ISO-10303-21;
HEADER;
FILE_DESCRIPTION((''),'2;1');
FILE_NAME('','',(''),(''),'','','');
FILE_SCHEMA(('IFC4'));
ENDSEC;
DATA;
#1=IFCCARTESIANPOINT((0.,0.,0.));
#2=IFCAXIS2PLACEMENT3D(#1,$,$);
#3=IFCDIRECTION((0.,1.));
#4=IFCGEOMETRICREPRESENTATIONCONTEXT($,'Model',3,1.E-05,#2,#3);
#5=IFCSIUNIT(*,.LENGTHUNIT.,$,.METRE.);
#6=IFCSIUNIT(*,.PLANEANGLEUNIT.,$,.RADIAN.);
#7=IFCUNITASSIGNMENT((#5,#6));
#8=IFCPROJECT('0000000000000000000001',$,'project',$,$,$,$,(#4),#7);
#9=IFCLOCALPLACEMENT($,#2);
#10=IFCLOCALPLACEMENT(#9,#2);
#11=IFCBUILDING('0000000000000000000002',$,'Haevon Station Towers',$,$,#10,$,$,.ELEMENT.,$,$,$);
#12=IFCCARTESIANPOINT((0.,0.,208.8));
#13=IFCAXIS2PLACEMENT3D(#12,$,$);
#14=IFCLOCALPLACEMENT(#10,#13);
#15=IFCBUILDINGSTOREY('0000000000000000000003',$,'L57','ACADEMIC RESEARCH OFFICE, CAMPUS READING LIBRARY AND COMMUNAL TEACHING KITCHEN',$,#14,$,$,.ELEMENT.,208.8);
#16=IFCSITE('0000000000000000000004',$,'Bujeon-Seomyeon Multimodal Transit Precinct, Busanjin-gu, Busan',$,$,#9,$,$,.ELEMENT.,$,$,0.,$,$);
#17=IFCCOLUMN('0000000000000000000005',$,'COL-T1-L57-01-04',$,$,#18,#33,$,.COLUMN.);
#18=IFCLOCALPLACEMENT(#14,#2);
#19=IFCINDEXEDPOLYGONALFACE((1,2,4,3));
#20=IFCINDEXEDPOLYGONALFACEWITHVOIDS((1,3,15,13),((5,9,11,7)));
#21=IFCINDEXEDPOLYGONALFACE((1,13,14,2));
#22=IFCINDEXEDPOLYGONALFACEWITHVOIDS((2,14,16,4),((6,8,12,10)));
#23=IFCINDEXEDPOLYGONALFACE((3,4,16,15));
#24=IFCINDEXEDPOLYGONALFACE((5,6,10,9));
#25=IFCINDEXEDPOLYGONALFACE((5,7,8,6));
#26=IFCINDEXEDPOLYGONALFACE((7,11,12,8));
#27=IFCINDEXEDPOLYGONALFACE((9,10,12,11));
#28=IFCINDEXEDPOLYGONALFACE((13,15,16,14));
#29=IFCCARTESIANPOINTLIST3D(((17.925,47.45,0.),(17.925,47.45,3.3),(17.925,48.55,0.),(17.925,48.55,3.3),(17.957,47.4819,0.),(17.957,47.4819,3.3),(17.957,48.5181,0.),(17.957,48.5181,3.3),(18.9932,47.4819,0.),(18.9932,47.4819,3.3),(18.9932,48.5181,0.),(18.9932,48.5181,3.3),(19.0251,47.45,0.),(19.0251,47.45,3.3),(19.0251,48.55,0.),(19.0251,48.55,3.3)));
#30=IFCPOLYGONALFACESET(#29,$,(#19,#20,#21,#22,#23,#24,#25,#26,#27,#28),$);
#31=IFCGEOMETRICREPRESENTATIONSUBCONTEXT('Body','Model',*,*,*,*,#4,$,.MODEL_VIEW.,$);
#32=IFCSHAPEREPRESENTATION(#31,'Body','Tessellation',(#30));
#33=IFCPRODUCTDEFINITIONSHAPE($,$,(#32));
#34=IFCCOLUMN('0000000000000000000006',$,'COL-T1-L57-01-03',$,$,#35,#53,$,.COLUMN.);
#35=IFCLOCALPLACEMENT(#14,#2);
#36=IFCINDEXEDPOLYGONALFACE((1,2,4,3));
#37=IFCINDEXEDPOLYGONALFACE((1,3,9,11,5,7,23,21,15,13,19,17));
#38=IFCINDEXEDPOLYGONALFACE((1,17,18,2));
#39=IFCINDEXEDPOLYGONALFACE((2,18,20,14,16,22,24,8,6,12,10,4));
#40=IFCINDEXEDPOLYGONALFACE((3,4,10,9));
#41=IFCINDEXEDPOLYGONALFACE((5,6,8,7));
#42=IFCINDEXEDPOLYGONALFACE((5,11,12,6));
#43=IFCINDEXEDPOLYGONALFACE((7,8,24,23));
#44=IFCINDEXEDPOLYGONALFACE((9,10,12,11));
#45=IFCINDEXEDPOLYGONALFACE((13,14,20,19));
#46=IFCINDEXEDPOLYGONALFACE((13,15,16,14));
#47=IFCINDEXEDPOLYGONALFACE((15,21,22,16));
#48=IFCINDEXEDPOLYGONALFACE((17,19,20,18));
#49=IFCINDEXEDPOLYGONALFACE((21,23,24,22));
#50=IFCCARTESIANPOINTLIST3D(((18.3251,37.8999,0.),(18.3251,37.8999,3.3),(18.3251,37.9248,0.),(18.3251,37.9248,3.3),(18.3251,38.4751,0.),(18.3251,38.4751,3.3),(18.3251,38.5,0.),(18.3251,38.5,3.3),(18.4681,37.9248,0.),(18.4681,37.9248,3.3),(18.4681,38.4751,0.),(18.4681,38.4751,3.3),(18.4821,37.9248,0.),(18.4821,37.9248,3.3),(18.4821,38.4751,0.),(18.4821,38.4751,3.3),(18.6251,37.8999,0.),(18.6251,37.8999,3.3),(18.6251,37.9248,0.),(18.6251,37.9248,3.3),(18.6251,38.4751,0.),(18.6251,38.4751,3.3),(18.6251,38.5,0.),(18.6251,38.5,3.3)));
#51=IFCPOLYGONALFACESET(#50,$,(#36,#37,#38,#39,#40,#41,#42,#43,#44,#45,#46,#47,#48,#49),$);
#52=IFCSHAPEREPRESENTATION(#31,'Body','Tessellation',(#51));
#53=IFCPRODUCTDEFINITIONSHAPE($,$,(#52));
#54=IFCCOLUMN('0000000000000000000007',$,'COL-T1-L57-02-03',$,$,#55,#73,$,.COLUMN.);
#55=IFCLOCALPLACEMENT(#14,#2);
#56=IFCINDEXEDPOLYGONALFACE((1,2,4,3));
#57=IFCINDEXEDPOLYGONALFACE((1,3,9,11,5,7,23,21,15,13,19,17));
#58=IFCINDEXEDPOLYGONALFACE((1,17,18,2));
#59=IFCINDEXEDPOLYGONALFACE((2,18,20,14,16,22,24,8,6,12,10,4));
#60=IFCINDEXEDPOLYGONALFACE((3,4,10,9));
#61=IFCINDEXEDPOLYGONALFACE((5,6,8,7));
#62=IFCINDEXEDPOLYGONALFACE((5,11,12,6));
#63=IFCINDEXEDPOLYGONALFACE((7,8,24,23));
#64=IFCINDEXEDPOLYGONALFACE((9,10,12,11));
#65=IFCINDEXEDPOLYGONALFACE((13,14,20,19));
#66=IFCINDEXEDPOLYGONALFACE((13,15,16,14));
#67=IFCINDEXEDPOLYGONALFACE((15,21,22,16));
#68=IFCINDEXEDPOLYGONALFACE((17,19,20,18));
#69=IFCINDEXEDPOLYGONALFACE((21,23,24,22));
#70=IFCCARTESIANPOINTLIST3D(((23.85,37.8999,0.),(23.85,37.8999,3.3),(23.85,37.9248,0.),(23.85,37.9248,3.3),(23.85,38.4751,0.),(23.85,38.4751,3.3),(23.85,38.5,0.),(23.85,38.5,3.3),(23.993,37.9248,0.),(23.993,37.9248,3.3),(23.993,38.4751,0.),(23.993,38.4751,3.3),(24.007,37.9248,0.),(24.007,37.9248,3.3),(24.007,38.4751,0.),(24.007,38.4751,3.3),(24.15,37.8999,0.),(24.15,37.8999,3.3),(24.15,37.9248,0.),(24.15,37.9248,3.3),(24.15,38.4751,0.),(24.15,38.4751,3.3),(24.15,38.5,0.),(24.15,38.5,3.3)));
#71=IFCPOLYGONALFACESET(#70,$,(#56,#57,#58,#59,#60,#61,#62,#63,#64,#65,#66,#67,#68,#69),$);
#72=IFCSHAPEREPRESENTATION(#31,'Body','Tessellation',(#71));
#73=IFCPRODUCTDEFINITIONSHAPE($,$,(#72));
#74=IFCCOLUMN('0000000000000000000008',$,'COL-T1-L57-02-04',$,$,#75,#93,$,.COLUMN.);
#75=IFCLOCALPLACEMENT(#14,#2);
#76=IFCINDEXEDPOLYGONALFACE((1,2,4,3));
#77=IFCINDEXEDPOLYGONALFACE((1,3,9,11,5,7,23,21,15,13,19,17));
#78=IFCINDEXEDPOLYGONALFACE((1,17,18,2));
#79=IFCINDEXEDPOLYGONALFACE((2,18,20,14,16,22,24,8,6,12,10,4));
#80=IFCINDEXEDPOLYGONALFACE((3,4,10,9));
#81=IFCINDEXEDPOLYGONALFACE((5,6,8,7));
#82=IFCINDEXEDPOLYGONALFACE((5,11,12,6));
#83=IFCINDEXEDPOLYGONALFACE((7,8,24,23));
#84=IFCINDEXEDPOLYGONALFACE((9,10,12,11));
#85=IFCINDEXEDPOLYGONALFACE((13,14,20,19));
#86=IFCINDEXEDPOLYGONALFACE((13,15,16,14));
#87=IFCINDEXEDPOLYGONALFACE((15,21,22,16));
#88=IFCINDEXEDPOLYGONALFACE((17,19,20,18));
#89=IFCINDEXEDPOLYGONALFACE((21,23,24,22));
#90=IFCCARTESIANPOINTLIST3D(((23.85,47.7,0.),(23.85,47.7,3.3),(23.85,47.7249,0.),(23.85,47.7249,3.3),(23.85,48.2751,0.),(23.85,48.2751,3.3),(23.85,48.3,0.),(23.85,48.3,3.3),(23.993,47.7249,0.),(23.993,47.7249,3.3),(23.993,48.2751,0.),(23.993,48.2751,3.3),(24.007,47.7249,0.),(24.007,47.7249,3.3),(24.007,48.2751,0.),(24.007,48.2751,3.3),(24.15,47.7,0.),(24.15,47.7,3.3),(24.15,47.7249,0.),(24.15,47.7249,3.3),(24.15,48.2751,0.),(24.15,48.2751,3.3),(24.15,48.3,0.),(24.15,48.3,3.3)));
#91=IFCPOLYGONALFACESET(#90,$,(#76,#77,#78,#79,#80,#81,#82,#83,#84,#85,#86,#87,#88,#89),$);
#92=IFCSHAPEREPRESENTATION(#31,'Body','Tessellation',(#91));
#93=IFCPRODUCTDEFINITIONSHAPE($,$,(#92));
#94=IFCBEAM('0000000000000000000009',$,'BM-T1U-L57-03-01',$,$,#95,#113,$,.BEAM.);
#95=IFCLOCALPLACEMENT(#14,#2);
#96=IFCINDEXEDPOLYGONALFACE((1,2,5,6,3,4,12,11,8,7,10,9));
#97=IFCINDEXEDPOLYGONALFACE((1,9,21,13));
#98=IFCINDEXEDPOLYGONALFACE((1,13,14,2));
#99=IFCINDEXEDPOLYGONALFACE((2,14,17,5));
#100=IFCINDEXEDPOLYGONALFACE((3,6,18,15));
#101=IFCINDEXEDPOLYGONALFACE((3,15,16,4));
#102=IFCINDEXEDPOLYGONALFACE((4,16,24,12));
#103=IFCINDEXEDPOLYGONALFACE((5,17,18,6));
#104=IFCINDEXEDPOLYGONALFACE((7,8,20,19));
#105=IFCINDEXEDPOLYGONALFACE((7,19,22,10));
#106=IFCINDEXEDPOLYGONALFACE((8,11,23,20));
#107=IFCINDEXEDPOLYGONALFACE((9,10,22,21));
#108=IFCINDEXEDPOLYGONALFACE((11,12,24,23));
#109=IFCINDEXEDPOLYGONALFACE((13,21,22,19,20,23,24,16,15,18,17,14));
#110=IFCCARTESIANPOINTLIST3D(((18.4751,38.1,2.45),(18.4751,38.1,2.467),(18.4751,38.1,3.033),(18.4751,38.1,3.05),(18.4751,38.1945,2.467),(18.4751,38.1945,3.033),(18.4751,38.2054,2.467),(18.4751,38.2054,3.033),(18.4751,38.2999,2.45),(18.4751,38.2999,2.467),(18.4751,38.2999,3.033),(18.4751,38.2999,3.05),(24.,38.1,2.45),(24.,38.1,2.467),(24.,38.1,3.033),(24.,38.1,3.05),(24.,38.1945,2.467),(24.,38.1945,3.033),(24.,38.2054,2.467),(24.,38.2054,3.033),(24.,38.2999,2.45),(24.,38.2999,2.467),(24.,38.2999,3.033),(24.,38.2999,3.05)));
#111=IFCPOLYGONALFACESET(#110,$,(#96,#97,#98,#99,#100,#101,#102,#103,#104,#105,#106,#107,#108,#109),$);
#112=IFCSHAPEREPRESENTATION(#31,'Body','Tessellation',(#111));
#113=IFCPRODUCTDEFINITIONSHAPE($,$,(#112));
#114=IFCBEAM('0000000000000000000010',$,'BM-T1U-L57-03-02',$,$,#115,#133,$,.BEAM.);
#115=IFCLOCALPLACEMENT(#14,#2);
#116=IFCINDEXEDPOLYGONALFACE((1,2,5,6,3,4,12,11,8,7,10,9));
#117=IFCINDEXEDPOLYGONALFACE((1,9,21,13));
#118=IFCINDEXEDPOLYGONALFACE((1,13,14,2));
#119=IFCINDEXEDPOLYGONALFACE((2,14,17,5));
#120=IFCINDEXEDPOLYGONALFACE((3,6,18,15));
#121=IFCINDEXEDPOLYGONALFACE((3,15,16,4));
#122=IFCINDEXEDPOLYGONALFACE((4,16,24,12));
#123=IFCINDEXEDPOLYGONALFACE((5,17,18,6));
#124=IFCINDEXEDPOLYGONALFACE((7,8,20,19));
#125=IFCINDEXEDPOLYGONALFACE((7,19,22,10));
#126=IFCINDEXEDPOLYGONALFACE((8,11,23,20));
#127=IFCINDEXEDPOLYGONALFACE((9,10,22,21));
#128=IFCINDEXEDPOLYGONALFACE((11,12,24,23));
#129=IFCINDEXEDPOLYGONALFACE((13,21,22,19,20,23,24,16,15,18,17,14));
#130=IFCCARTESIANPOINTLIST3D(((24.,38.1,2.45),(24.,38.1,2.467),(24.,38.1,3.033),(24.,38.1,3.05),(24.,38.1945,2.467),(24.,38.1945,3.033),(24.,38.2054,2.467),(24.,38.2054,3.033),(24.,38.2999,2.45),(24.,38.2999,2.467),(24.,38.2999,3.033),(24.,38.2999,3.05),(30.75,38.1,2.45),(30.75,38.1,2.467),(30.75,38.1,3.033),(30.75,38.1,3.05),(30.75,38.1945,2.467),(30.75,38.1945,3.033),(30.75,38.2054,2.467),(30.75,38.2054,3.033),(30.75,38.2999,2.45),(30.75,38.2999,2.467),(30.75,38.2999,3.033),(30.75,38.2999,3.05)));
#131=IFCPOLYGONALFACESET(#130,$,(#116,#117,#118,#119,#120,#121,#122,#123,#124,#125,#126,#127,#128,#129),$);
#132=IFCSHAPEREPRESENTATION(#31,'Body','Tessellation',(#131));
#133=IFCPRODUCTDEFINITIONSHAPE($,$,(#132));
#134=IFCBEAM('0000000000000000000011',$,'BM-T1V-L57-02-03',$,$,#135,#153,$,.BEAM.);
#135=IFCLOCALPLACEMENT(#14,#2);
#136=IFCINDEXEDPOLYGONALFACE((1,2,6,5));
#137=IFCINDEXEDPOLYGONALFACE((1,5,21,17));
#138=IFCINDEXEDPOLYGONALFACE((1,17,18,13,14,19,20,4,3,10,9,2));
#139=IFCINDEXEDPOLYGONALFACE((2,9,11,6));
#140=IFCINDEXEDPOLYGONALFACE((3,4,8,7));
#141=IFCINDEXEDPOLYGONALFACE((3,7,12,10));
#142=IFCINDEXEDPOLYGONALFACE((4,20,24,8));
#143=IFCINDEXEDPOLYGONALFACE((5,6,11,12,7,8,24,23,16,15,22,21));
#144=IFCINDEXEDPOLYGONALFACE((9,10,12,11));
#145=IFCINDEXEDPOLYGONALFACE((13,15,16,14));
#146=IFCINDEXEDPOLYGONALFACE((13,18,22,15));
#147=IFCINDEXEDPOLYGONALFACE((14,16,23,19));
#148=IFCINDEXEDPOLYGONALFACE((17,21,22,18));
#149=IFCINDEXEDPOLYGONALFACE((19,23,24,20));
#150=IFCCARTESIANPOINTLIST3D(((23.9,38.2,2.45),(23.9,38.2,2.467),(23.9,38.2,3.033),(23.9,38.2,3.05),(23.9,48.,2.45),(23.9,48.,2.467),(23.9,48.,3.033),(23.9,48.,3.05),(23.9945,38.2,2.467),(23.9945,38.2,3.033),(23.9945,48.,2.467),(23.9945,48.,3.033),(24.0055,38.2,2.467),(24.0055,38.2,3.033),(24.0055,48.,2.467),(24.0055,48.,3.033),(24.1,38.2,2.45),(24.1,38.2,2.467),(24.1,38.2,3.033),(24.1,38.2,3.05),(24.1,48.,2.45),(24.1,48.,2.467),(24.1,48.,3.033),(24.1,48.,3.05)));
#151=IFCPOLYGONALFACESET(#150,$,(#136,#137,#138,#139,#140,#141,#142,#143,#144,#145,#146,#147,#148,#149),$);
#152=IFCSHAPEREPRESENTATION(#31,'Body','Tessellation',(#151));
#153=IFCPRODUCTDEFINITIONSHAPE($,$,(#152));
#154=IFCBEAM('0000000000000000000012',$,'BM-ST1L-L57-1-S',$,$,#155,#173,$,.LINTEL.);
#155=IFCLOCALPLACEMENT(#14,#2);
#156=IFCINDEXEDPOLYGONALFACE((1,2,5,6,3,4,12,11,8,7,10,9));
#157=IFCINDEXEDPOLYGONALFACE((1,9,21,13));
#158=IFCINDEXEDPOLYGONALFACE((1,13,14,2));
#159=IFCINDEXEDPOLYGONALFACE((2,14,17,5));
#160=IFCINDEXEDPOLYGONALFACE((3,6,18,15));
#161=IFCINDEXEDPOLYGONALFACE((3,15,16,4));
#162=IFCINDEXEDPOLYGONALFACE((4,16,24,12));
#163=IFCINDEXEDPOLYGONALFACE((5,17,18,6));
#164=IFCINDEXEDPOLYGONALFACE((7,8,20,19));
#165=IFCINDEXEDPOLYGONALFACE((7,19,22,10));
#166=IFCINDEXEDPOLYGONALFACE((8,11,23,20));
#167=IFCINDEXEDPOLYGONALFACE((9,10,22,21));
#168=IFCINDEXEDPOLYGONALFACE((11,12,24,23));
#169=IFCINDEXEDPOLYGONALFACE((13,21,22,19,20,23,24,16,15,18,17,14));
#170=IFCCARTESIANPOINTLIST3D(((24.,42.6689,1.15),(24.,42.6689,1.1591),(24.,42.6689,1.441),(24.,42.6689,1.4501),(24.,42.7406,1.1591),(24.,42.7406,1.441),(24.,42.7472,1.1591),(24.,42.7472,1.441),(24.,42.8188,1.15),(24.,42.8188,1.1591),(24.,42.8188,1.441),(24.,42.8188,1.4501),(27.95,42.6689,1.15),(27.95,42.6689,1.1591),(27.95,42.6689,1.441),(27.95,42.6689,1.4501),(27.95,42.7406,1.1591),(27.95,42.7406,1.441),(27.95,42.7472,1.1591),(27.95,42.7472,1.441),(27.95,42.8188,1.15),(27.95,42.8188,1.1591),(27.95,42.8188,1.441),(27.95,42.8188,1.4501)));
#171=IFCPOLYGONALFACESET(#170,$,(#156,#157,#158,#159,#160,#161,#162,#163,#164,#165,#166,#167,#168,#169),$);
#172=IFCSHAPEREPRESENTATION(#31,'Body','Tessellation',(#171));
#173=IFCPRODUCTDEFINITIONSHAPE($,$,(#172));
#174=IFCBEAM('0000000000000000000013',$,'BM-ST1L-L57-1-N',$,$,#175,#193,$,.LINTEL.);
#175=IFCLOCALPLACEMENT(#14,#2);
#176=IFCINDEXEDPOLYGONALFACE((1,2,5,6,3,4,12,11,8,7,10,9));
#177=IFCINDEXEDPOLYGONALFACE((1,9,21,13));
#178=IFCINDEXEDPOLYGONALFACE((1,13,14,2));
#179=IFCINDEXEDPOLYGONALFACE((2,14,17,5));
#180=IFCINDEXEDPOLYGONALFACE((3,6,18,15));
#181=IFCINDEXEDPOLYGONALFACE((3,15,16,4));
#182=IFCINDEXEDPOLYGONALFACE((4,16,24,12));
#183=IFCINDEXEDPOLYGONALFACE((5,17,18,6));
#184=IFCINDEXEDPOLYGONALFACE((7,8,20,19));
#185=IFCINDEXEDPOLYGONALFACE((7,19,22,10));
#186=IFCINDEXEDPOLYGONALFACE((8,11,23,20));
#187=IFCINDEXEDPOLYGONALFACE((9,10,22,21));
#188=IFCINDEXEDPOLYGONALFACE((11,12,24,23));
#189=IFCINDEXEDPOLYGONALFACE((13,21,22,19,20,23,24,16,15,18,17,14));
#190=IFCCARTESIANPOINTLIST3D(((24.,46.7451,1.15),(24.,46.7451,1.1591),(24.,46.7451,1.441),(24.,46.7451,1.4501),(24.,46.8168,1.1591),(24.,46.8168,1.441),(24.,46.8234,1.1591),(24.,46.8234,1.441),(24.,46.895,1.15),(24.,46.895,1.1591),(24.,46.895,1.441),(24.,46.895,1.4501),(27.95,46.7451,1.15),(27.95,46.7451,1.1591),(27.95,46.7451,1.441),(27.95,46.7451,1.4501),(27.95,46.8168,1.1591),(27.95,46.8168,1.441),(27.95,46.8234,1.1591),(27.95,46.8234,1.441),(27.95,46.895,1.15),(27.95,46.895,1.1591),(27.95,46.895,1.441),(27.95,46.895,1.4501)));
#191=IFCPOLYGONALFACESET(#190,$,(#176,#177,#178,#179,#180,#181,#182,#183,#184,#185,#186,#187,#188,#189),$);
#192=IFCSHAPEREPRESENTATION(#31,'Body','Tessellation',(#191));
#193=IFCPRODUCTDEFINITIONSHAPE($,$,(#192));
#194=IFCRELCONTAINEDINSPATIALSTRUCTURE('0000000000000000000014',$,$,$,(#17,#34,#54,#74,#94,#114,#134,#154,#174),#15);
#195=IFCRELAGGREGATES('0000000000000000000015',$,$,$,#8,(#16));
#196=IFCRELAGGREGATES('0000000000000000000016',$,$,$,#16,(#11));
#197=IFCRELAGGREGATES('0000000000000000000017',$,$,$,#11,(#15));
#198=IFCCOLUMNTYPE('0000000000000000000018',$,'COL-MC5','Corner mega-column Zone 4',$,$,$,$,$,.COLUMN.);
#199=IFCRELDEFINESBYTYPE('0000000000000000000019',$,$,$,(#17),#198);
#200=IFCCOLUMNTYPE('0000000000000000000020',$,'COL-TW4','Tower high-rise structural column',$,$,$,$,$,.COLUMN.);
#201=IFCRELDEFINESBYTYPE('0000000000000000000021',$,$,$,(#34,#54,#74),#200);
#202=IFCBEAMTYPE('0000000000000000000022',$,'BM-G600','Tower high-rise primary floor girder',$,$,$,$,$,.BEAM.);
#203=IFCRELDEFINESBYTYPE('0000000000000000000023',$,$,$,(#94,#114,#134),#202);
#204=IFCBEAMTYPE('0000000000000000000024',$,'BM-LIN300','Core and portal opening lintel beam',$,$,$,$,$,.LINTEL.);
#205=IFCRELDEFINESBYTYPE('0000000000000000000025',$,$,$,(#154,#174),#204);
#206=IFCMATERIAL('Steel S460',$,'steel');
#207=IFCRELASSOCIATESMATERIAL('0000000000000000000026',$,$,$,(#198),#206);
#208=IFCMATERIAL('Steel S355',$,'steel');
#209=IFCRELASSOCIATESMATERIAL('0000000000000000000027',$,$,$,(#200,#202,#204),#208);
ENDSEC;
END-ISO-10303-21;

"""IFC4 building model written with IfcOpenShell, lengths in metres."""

from ifc_helpers import new_model, si_unit, direction, frame, origin, origin_2d, place, context, subcontext, project, spatial, hollow_rectangle, i_section, extrude, material, material_profile, profile_set, type_object, element, save


model = new_model("IFC4")

# Units and contexts
model_context = context("Model", 3, precision=1e-05, world=origin(), true_north=direction((0.0, 1.0)))
body_context = subcontext(model_context, "Body", "Model", "MODEL_VIEW")
ifc_project = project(units=[si_unit("LENGTHUNIT", "METRE"), si_unit("PLANEANGLEUNIT", "RADIAN")], contexts=[model_context])

# Site, building, storey
site_placement = place(None, origin())
site = spatial("IfcSite", under=ifc_project, at=site_placement, Name="Bujeon-Seomyeon Multimodal Transit Precinct, Busanjin-gu, Busan", CompositionType="ELEMENT", RefElevation=0.0)
building_placement = place(site_placement, origin())
building = spatial("IfcBuilding", under=site, at=building_placement, Name="Haevon Station Towers", CompositionType="ELEMENT")
storey_placement = place(building_placement, frame((0.0, 0.0, 208.8)))
storey = spatial("IfcBuildingStorey", under=building, at=storey_placement, Name="L57", Description="ACADEMIC RESEARCH OFFICE, CAMPUS READING LIBRARY AND COMMUNAL TEACHING KITCHEN", CompositionType="ELEMENT", Elevation=208.8)

# Columns
ifc_material_1 = material(Name="Steel S460", Category="steel")
ifc_material_profile_1 = material_profile(ifc_material_1, hollow_rectangle(XDim=1.1001, YDim=1.1001, WallThickness=0.032, at=origin_2d()), Name="BOX-1100x1100x32")
ifc_profile_set_1 = profile_set([ifc_material_profile_1], Name="Steel S460")
column_type_1 = type_object("IfcColumnType", Name="COL-MC5", Description="Corner mega-column Zone 4", PredefinedType="COLUMN", material=ifc_profile_set_1)
column_placement = place(storey_placement, frame((18.4751, 48.0, 0.0), z_axis=(0.0, 0.0, 1.0), x_axis=(1.0, 0.0, 0.0)))
element("IfcColumn", 1, at=column_placement, inside=storey, type_object=column_type_1, Name="COL-T1-L57-01-04", PredefinedType="COLUMN", context=body_context, shape_type="SweptSolid", body=[
    extrude(hollow_rectangle(XDim=1.1001, YDim=1.1001, WallThickness=0.032, at=origin_2d()), origin(), (0.0, 0.0, 1.0), 3.3),
])
ifc_material_2 = material(Name="Steel S355", Category="steel")
ifc_material_profile_2 = material_profile(ifc_material_2, i_section(OverallWidth=0.3, OverallDepth=0.6001, WebThickness=0.0139, FlangeThickness=0.0249, at=origin_2d()), Name="H-600x300x14x25")
ifc_profile_set_2 = profile_set([ifc_material_profile_2], Name="Steel S355")
column_type_2 = type_object("IfcColumnType", Name="COL-TW4", Description="Tower high-rise structural column", PredefinedType="COLUMN", material=ifc_profile_set_2)
for number, where, z_axis, x_axis, name in (
    (2, (18.4751, 38.2, 0.0), (0.0, 0.0, 1.0), (1.0, 0.0, 0.0), "COL-T1-L57-01-03"),
    (3, (24.0, 38.2, 0.0), (0.0, 0.0, 1.0), (1.0, 0.0, 0.0), "COL-T1-L57-02-03"),
    (4, (24.0, 48.0, 0.0), (0.0, 0.0, 1.0), (1.0, 0.0, 0.0), "COL-T1-L57-02-04"),
):
    element("IfcColumn", number, at=place(storey_placement, frame(where, z_axis=z_axis, x_axis=x_axis)), inside=storey, type_object=column_type_2, Name=name, PredefinedType="COLUMN", context=body_context, shape_type="SweptSolid", body=[
        extrude(i_section(OverallWidth=0.3, OverallDepth=0.6001, WebThickness=0.0139, FlangeThickness=0.0249, at=origin_2d()), origin(), (0.0, 0.0, 1.0), 3.3),
    ])

# Beams
ifc_material_profile_3 = material_profile(ifc_material_2, i_section(OverallWidth=0.2, OverallDepth=0.6001, WebThickness=0.011, FlangeThickness=0.0171, at=origin_2d()), Name="H-600x200x11x17")
ifc_profile_set_3 = profile_set([ifc_material_profile_3], Name="Steel S355")
beam_type_1 = type_object("IfcBeamType", Name="BM-G600", Description="Tower high-rise primary floor girder", PredefinedType="BEAM", material=ifc_profile_set_3)
beam_1_placement = place(storey_placement, frame((18.4751, 38.2, 2.75), z_axis=(1.0, 0.0, 0.0), x_axis=(0.0, 1.0, 0.0)))
element("IfcBeam", 5, at=beam_1_placement, inside=storey, type_object=beam_type_1, Name="BM-T1U-L57-03-01", PredefinedType="BEAM", context=body_context, shape_type="SweptSolid", body=[
    extrude(i_section(OverallWidth=0.2, OverallDepth=0.6001, WebThickness=0.011, FlangeThickness=0.0171, at=origin_2d()), origin(), (0.0, 0.0, 1.0), 5.5249),
])
beam_2_placement = place(storey_placement, frame((24.0, 38.2, 2.75), z_axis=(1.0, 0.0, 0.0), x_axis=(0.0, 1.0, 0.0)))
element("IfcBeam", 6, at=beam_2_placement, inside=storey, type_object=beam_type_1, Name="BM-T1U-L57-03-02", PredefinedType="BEAM", context=body_context, shape_type="SweptSolid", body=[
    extrude(i_section(OverallWidth=0.2, OverallDepth=0.6001, WebThickness=0.011, FlangeThickness=0.0171, at=origin_2d()), origin(), (0.0, 0.0, 1.0), 6.75),
])
beam_3_placement = place(storey_placement, frame((24.0, 38.2, 2.75), z_axis=(0.0, 1.0, 0.0), x_axis=(-1.0, 0.0, 0.0)))
element("IfcBeam", 7, at=beam_3_placement, inside=storey, type_object=beam_type_1, Name="BM-T1V-L57-02-03", PredefinedType="BEAM", context=body_context, shape_type="SweptSolid", body=[
    extrude(i_section(OverallWidth=0.2, OverallDepth=0.6001, WebThickness=0.011, FlangeThickness=0.0171, at=origin_2d()), origin(), (0.0, 0.0, 1.0), 9.8),
])
ifc_material_profile_4 = material_profile(ifc_material_2, i_section(OverallWidth=0.1499, OverallDepth=0.3, WebThickness=0.0066, FlangeThickness=0.009, at=origin_2d()), Name="H-300x150x6.5x9")
ifc_profile_set_4 = profile_set([ifc_material_profile_4], Name="Steel S355")
beam_type_2 = type_object("IfcBeamType", Name="BM-LIN300", Description="Core and portal opening lintel beam", PredefinedType="LINTEL", material=ifc_profile_set_4)
for number, where, z_axis, x_axis, name in (
    (8, (24.0, 42.7439, 1.3), (1.0, 0.0, 0.0), (0.0, 1.0, 0.0), "BM-ST1L-L57-1-S"),
    (9, (24.0, 46.8201, 1.3), (1.0, 0.0, 0.0), (0.0, 1.0, 0.0), "BM-ST1L-L57-1-N"),
):
    element("IfcBeam", number, at=place(storey_placement, frame(where, z_axis=z_axis, x_axis=x_axis)), inside=storey, type_object=beam_type_2, Name=name, PredefinedType="LINTEL", context=body_context, shape_type="SweptSolid", body=[
        extrude(i_section(OverallWidth=0.1499, OverallDepth=0.3, WebThickness=0.0066, FlangeThickness=0.009, at=origin_2d()), origin(), (0.0, 0.0, 1.0), 3.95),
    ])

save(model, "model.ifc")
